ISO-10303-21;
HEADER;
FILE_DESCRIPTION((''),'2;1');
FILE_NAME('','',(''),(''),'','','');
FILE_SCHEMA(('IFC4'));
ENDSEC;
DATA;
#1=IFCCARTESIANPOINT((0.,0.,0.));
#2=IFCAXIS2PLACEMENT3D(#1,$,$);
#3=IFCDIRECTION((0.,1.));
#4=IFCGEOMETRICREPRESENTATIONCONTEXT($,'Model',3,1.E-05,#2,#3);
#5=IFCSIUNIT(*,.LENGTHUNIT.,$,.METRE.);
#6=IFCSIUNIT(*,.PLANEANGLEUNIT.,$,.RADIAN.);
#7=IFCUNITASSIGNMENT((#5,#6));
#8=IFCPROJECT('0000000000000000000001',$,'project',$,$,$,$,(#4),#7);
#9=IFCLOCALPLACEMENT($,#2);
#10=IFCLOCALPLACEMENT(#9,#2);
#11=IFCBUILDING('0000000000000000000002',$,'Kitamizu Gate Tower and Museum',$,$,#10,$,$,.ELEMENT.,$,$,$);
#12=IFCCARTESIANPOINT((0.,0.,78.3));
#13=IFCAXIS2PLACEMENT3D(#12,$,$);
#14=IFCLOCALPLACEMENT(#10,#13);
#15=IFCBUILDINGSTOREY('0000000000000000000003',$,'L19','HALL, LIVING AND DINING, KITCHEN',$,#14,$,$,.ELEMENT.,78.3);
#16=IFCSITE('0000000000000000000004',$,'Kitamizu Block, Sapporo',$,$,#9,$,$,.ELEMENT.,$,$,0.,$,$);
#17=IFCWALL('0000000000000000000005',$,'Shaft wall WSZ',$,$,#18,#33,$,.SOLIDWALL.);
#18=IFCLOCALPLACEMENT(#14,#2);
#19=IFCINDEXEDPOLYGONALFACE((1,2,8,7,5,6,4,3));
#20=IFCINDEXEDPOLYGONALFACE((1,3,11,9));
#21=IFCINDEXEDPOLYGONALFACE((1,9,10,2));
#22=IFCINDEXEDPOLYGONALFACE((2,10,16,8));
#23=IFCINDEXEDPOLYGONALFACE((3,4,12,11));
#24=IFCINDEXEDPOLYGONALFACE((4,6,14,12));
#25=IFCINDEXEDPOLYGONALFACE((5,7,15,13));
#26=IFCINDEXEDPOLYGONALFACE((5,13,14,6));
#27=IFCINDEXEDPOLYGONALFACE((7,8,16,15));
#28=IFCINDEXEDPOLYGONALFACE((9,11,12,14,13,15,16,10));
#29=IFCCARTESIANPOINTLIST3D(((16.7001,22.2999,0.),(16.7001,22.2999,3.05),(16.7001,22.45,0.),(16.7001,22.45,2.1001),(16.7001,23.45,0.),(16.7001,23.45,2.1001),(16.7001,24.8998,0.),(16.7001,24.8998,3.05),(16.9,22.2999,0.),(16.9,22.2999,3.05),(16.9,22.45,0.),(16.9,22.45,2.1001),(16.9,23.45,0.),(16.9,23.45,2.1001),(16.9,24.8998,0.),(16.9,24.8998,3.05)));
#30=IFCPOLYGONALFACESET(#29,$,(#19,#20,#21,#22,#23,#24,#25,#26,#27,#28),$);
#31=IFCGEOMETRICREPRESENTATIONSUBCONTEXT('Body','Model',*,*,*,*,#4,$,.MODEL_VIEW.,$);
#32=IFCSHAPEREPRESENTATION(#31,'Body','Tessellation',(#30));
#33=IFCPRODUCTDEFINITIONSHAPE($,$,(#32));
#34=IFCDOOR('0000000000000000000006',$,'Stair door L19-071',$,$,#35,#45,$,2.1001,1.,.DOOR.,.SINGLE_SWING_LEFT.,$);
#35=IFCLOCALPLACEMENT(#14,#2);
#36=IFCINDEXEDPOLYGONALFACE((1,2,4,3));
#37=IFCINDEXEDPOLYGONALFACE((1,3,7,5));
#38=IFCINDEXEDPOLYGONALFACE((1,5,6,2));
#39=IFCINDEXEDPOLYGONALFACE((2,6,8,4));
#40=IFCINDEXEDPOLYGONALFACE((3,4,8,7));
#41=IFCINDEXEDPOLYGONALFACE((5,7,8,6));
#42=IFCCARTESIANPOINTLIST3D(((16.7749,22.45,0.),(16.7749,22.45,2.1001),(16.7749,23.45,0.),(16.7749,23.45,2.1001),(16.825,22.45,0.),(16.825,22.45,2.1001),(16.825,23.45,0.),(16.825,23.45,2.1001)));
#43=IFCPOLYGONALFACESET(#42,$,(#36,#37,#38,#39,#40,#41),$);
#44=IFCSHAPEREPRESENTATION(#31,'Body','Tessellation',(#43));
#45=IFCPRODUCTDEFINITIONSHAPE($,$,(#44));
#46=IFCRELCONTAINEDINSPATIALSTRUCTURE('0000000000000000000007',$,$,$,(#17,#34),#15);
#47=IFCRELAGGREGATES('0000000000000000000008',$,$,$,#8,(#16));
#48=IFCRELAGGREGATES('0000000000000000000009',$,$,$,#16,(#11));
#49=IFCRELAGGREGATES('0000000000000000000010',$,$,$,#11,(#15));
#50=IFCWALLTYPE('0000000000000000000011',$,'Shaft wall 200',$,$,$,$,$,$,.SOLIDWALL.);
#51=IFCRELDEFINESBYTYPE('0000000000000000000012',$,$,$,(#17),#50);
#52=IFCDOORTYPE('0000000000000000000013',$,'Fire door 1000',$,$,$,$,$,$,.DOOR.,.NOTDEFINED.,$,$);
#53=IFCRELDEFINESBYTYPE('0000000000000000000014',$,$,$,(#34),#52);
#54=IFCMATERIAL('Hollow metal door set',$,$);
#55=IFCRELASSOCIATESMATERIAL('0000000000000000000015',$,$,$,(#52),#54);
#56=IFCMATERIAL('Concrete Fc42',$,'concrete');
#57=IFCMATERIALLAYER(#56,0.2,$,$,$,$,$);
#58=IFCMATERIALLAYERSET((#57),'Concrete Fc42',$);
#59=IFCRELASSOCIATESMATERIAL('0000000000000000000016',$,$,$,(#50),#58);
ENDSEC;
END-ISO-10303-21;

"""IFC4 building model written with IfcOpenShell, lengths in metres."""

from ifc_helpers import new_model, si_unit, direction, frame, frame_2d, origin, place, context, subcontext, project, spatial, rectangle, extrude, material, layer, layer_set, type_object, element, fill, save


model = new_model("IFC4")

# Units and contexts
model_context = context("Model", 3, precision=1e-05, world=origin(), true_north=direction((0.0, 1.0)))
body_context = subcontext(model_context, "Body", "Model", "MODEL_VIEW")
ifc_project = project(units=[si_unit("LENGTHUNIT", "METRE"), si_unit("PLANEANGLEUNIT", "RADIAN")], contexts=[model_context])

# Site, building, storey
site_placement = place(None, origin())
site = spatial("IfcSite", under=ifc_project, at=site_placement, Name="Kitamizu Block, Sapporo", CompositionType="ELEMENT", RefElevation=0.0)
building_placement = place(site_placement, origin())
building = spatial("IfcBuilding", under=site, at=building_placement, Name="Kitamizu Gate Tower and Museum", CompositionType="ELEMENT")
storey_placement = place(building_placement, frame((0.0, 0.0, 78.3)))
storey = spatial("IfcBuildingStorey", under=building, at=storey_placement, Name="L19", Description="HALL, LIVING AND DINING, KITCHEN", CompositionType="ELEMENT", Elevation=78.3)

# Shared definitions
ifc_material_1 = material(Name="Hollow metal door set")
door_type_1 = type_object("IfcDoorType", Name="Fire door 1000", OperationType="NOTDEFINED", PredefinedType="DOOR", material=ifc_material_1)

# Shared definitions
ifc_material_2 = material(Name="Concrete Fc42", Category="concrete")
ifc_layer_1 = layer(ifc_material_2, 0.2)
ifc_layer_set_1 = layer_set([ifc_layer_1], Name="Concrete Fc42")
wall_type_1 = type_object("IfcWallType", Name="Shaft wall 200", PredefinedType="SOLIDWALL", material=ifc_layer_set_1)

# Wall, opening, door
wall_1_placement = place(storey_placement, frame((16.8, 22.3, 0.0), z_axis=(0.0, 0.0, 1.0), x_axis=(0.0, 1.0, 0.0)))
wall_1 = element("IfcWall", 1, at=wall_1_placement, inside=storey, type_object=wall_type_1, Name="Shaft wall WSZ", PredefinedType="SOLIDWALL", context=body_context, shape_type="SweptSolid", body=[
    extrude(rectangle(XDim=2.5999, YDim=0.2, at=frame_2d((1.2998, 0.0))), origin(), (0.0, 0.0, 1.0), 3.05),
])
opening_1_placement = place(wall_1_placement, frame((0.1499, 0.0, 0.0)))
opening_1 = element("IfcOpeningElement", 2, at=opening_1_placement, cuts=wall_1, PredefinedType="OPENING", context=body_context, shape_type="SweptSolid", body=[
    extrude(rectangle(XDim=1.0, YDim=2.1001, at=frame_2d((0.5, 1.05))), frame((0.0, 0.1099, 0.0), z_axis=(0.0, -1.0, 0.0), x_axis=(1.0, 0.0, 0.0)), (0.0, 0.0, 1.0), 0.22),
])
door_1_placement = place(opening_1_placement, frame((1.0, 0.0, 0.0), x_axis=(-1.0, 0.0, 0.0)))
door_1 = element("IfcDoor", 3, at=door_1_placement, inside=storey, type_object=door_type_1, Name="Stair door L19-071", OperationType="SINGLE_SWING_LEFT", OverallHeight=2.1001, OverallWidth=1.0, PredefinedType="DOOR", context=body_context, shape_type="SweptSolid", body=[
    extrude(rectangle(XDim=1.0, YDim=2.1001, at=frame_2d((0.5, 1.05))), frame((0.0, 0.0249, 0.0), z_axis=(0.0, -1.0, 0.0), x_axis=(1.0, 0.0, 0.0)), (0.0, 0.0, 1.0), 0.05),
])
fill(opening_1, door_1)

save(model, "model.ifc")
